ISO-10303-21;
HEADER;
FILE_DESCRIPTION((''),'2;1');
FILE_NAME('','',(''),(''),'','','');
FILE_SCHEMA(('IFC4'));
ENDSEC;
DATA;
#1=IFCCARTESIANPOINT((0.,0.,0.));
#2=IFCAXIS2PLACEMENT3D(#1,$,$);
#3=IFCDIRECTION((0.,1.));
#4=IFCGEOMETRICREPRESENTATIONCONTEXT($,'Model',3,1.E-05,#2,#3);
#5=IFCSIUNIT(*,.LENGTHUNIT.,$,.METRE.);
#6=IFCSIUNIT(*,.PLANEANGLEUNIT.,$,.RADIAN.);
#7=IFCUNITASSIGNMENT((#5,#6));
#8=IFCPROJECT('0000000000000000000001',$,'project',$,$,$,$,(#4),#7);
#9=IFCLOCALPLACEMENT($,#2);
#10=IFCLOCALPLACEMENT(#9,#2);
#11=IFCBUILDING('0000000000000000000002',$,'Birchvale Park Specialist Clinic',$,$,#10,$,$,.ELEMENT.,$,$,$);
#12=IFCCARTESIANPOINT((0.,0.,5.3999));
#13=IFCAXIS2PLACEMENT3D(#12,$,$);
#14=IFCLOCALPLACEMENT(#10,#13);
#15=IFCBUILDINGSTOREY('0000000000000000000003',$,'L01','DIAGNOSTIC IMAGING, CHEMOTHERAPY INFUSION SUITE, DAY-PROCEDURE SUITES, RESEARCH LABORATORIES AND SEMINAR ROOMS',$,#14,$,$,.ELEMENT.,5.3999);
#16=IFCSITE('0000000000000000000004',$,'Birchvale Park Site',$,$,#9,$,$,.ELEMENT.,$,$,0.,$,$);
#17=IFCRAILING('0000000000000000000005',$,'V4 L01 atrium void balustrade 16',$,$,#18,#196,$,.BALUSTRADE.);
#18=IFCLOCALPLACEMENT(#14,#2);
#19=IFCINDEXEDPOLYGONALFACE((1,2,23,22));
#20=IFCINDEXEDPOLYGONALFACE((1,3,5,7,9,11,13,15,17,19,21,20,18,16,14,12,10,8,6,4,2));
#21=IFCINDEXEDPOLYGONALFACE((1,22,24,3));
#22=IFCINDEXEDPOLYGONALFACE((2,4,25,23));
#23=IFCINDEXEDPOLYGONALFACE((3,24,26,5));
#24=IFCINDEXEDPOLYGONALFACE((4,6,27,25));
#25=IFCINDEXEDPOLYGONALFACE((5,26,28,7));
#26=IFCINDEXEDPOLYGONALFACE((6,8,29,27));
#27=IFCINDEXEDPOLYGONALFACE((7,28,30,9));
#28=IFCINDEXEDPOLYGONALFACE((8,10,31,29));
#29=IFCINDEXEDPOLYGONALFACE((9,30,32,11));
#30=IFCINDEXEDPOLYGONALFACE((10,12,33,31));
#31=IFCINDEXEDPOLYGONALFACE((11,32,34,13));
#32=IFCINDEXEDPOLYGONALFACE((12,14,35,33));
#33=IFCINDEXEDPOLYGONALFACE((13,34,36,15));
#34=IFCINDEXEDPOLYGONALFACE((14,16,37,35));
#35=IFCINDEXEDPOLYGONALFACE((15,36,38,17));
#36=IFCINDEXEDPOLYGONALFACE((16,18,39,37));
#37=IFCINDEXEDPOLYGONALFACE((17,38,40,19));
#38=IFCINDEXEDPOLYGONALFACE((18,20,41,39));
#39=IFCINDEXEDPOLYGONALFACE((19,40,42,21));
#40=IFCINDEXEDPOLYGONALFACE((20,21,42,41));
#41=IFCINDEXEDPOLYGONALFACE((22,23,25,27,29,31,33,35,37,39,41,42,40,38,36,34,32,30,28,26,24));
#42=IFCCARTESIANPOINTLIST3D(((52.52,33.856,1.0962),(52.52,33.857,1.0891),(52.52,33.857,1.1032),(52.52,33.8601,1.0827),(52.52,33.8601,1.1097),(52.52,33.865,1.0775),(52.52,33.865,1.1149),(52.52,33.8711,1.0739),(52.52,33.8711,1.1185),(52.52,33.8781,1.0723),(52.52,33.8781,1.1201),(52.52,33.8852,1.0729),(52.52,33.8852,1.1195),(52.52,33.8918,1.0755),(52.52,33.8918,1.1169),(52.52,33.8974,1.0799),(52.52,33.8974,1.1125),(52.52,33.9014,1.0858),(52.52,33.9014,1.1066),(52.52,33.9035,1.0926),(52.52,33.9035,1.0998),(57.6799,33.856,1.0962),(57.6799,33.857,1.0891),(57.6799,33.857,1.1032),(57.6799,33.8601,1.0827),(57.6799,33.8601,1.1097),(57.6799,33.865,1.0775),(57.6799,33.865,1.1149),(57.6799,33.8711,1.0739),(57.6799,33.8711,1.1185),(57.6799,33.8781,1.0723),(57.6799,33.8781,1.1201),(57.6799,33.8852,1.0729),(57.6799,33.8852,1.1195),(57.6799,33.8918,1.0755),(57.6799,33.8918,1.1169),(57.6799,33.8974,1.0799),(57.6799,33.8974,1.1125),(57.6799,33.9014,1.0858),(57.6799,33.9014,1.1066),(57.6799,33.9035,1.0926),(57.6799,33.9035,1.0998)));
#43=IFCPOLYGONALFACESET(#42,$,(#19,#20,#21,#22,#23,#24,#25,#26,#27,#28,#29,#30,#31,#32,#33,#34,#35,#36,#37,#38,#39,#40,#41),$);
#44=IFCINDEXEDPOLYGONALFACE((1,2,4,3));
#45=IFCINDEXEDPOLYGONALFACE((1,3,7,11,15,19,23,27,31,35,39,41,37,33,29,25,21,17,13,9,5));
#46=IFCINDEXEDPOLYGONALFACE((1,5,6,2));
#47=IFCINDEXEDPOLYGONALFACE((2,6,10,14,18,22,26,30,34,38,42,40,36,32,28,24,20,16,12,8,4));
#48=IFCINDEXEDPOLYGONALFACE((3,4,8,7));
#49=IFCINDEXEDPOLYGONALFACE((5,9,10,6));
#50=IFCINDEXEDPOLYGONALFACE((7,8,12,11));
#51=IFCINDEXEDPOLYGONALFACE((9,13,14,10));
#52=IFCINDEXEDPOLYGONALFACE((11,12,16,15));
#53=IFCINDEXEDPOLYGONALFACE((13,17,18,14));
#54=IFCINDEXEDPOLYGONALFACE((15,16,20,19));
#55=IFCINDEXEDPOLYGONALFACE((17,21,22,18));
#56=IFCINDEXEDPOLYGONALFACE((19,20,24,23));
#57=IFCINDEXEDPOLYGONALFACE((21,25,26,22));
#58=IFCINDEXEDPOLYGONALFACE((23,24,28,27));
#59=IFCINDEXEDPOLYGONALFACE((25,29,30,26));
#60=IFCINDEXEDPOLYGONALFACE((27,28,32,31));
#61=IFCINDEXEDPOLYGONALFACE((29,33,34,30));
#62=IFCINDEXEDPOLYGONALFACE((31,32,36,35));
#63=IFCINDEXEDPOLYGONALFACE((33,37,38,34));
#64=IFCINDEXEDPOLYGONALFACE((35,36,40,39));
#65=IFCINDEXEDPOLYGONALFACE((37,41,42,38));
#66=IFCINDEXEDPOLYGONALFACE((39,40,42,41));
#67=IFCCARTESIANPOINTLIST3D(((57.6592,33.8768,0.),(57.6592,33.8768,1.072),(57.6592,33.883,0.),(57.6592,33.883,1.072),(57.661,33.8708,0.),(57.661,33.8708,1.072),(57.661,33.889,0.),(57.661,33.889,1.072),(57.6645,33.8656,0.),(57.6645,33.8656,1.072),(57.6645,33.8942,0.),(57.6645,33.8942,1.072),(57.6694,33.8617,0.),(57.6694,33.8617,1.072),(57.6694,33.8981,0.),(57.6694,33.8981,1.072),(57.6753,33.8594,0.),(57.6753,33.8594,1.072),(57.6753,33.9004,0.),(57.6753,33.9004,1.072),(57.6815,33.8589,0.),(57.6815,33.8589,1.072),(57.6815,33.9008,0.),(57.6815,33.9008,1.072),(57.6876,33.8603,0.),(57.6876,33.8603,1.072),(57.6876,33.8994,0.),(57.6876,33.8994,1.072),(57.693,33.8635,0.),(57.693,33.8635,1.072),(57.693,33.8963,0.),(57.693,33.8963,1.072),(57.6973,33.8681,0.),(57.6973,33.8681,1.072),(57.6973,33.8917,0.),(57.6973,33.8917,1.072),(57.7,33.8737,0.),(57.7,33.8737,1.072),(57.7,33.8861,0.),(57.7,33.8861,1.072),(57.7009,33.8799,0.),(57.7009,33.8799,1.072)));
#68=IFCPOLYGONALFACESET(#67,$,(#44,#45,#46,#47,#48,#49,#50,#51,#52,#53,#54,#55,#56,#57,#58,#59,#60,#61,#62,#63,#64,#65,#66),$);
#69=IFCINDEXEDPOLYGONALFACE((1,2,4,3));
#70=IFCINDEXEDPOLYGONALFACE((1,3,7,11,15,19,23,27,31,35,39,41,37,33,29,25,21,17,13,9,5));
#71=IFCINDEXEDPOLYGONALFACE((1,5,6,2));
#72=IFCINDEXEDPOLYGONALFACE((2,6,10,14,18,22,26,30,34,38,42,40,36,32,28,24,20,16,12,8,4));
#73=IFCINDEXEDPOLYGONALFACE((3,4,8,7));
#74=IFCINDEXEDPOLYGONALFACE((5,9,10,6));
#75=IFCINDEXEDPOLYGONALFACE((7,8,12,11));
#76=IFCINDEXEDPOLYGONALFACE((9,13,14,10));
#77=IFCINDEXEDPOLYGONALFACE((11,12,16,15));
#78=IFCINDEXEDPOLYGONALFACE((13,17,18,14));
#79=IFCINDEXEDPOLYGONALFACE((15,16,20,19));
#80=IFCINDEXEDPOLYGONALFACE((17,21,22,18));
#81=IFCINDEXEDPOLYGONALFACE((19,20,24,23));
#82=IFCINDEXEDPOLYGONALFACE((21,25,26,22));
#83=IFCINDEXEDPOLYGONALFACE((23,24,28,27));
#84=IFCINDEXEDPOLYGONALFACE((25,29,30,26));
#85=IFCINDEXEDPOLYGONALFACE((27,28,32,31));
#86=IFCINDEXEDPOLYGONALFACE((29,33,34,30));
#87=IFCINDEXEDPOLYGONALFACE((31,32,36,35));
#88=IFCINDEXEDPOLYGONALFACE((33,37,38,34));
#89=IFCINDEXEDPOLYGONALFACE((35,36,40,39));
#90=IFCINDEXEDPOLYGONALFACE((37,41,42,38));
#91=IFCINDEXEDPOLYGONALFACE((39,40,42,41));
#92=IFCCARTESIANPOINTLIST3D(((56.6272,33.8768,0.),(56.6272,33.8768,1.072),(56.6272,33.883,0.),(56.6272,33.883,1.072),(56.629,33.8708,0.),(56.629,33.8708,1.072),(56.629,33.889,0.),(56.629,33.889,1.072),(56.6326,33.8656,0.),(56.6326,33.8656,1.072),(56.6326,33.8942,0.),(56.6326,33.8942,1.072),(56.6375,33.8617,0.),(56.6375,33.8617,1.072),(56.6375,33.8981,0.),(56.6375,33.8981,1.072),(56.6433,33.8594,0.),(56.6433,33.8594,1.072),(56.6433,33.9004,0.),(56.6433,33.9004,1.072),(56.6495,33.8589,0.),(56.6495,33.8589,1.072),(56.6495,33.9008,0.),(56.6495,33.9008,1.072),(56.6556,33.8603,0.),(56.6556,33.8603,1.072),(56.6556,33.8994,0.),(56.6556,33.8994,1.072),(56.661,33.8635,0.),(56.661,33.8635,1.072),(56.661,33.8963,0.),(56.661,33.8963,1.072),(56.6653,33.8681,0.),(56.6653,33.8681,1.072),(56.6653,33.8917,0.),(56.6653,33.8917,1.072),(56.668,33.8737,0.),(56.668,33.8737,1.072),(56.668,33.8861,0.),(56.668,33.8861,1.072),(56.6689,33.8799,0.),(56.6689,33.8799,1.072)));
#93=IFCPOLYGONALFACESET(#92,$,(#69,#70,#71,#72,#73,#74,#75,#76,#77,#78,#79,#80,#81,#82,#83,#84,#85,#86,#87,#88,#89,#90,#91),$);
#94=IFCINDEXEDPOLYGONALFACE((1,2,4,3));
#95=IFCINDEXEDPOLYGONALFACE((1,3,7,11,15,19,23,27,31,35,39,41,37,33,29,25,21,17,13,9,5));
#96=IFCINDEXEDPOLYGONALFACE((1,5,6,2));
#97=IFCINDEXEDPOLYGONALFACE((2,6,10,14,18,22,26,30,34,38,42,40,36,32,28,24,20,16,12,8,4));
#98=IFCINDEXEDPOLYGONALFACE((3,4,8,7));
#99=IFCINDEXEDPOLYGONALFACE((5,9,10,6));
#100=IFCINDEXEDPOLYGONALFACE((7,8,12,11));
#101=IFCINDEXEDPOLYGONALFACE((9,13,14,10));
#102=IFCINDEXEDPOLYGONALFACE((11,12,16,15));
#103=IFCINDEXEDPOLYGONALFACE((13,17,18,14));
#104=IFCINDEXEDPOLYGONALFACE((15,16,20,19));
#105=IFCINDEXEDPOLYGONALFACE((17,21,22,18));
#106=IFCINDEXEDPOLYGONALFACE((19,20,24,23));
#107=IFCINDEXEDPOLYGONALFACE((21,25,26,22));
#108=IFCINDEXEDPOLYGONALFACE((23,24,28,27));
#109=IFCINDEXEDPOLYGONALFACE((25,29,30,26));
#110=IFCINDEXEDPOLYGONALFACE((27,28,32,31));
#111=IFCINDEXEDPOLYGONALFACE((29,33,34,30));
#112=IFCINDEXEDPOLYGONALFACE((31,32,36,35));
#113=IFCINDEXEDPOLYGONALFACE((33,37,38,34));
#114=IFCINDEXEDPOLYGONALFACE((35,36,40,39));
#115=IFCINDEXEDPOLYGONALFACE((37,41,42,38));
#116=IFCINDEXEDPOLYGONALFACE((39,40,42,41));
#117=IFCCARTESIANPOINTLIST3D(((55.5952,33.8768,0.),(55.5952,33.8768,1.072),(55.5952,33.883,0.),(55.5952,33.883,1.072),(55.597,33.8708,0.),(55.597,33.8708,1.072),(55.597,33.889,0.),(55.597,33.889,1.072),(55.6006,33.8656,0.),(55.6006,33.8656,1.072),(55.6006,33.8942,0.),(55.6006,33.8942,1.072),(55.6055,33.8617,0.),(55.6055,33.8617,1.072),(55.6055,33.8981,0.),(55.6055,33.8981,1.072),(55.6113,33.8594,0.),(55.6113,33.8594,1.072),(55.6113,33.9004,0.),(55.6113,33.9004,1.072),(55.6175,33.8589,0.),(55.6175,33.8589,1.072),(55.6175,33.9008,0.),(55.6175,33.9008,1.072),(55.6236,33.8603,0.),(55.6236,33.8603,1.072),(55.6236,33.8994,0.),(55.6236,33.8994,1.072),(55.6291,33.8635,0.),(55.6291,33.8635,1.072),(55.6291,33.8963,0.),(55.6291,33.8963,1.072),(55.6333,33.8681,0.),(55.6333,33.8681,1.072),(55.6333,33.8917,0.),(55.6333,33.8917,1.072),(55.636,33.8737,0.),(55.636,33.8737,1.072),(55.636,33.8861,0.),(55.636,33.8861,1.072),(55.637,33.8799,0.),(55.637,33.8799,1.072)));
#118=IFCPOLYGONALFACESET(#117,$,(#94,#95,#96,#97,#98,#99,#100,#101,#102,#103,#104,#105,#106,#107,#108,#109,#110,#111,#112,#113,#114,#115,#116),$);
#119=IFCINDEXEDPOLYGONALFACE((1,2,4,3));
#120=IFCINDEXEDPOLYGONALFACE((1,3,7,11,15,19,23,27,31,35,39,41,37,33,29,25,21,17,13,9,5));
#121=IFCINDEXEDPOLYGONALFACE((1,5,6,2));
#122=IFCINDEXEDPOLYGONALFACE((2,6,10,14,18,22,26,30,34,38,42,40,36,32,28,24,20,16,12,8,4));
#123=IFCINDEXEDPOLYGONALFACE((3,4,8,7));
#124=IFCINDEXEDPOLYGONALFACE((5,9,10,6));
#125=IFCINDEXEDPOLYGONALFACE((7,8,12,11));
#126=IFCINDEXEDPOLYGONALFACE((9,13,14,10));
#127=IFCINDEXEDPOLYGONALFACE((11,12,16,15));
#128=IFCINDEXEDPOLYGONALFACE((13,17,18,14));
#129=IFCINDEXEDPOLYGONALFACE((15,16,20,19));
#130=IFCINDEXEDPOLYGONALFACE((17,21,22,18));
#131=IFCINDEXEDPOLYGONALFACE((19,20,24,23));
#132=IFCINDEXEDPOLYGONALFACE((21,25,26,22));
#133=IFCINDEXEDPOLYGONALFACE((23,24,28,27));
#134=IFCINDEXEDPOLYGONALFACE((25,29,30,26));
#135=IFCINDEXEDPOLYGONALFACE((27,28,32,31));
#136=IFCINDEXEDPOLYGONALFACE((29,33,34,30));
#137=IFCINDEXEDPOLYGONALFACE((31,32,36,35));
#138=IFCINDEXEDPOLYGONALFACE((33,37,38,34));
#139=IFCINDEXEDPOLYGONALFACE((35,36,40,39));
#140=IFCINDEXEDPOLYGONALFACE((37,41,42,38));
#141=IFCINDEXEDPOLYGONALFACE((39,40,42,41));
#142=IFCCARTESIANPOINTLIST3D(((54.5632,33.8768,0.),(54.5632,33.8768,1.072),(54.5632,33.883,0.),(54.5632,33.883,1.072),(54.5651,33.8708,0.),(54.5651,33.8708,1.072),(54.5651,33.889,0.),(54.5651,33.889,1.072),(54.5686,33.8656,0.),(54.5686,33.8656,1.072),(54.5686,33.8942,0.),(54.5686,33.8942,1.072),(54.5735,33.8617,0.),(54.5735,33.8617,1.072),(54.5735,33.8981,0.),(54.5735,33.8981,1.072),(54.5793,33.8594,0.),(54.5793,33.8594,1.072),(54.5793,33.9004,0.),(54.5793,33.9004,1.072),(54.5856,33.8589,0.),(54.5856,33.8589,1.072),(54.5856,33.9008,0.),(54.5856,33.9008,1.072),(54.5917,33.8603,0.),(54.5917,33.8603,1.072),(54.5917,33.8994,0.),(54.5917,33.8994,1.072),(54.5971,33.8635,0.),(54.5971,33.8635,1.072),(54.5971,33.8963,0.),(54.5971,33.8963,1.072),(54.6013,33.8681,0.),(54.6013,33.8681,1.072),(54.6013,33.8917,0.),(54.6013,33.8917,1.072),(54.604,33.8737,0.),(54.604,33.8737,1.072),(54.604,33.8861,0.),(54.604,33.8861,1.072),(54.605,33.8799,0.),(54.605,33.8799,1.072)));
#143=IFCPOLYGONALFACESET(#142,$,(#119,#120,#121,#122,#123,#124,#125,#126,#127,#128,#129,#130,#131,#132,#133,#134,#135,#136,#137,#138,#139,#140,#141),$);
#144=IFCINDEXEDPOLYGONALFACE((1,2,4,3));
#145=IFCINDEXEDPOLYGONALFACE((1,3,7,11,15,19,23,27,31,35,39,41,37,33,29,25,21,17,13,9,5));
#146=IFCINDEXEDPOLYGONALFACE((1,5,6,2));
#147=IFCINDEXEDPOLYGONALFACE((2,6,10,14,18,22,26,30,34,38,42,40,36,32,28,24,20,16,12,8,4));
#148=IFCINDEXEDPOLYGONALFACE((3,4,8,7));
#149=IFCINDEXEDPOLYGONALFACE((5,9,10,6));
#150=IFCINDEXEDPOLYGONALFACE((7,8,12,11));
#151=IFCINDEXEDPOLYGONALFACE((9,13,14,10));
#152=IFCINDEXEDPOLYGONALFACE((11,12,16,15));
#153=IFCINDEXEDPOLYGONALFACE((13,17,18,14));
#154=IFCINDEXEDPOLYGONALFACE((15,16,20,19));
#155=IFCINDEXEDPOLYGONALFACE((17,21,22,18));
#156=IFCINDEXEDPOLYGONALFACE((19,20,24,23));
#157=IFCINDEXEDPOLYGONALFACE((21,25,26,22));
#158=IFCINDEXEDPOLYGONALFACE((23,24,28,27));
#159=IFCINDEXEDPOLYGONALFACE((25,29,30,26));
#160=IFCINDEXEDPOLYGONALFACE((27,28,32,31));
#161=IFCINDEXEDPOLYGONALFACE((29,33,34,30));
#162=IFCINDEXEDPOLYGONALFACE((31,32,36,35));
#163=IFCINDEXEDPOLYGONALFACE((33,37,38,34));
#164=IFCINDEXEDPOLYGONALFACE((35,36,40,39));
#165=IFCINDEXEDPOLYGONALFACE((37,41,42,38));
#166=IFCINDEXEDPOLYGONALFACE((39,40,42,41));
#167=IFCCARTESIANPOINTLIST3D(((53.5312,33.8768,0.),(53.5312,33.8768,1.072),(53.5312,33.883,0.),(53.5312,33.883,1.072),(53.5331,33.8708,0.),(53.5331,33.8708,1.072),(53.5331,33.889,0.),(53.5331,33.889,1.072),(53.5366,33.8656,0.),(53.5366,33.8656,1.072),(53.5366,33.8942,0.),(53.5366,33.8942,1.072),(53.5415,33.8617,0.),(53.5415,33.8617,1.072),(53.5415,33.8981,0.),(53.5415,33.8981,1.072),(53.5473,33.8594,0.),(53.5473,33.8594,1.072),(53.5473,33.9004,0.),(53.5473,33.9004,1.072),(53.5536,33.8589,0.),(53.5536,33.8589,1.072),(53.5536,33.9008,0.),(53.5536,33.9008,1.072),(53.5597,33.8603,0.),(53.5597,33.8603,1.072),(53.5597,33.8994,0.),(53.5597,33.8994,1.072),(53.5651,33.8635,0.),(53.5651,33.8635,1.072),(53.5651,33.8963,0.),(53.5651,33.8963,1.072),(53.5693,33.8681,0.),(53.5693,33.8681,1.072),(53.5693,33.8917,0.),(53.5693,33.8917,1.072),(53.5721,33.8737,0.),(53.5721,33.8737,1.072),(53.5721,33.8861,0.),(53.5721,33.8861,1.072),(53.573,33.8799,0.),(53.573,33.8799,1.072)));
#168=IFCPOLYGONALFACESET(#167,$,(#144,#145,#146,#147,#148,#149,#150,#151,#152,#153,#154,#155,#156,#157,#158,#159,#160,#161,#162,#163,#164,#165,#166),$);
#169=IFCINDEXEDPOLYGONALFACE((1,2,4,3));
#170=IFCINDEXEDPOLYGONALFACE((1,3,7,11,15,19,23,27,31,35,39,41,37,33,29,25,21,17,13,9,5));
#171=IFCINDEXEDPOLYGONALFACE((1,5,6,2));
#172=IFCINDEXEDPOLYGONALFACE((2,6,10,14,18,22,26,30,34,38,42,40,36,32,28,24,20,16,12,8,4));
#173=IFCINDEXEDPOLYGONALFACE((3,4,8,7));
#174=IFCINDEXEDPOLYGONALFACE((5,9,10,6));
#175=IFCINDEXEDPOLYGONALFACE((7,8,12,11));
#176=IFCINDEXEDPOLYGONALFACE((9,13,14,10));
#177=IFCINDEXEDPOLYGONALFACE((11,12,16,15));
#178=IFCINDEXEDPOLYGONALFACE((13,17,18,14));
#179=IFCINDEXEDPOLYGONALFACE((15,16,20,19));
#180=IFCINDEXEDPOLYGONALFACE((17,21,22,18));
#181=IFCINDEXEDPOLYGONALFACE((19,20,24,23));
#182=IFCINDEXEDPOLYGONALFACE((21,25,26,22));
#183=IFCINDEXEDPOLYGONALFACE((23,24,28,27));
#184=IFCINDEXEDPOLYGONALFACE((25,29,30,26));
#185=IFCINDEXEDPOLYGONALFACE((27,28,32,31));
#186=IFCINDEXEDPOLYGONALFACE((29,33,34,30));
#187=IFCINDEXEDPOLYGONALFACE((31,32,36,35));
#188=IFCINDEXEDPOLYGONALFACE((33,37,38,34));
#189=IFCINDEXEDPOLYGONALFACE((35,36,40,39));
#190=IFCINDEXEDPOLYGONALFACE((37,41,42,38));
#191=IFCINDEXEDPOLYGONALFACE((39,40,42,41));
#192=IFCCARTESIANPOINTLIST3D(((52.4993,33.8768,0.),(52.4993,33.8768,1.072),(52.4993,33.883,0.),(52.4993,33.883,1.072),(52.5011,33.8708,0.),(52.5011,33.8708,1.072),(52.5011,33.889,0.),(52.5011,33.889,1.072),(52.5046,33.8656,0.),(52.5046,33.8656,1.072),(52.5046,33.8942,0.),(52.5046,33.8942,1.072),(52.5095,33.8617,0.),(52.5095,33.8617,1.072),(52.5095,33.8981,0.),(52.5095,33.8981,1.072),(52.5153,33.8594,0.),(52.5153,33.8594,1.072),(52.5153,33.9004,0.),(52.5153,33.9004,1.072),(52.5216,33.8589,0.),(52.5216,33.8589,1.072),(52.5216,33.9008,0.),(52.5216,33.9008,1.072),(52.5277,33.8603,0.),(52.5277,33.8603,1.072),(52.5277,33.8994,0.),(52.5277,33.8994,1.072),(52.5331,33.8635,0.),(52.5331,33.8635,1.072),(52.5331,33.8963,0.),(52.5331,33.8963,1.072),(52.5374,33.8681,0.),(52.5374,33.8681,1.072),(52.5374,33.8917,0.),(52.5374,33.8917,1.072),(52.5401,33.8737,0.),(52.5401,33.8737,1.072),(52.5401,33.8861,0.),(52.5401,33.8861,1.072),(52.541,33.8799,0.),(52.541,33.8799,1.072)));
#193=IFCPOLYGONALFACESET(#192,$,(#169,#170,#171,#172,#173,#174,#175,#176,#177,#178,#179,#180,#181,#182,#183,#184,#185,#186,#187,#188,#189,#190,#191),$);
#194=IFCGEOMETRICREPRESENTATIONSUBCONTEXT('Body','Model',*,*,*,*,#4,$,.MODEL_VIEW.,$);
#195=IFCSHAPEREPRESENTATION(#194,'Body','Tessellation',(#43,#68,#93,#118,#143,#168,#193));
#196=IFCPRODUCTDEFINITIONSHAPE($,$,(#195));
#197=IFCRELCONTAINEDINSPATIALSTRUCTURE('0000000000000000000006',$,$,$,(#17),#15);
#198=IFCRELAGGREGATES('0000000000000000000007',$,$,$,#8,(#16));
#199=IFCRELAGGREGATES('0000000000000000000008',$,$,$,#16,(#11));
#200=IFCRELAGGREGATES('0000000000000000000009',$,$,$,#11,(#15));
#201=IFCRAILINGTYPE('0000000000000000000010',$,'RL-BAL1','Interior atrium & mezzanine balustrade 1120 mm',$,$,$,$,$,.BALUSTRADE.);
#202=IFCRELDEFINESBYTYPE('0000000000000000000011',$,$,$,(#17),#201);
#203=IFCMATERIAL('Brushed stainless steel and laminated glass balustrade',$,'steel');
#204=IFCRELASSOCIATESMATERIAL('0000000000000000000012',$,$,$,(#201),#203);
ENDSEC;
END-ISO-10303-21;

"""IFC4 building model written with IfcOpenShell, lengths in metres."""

from ifc_helpers import new_model, si_unit, direction, frame, origin, origin_2d, place, context, subcontext, project, spatial, circle, extrude, material, type_object, element, save


model = new_model("IFC4")

# Units and contexts
model_context = context("Model", 3, precision=1e-05, world=origin(), true_north=direction((0.0, 1.0)))
body_context = subcontext(model_context, "Body", "Model", "MODEL_VIEW")
ifc_project = project(units=[si_unit("LENGTHUNIT", "METRE"), si_unit("PLANEANGLEUNIT", "RADIAN")], contexts=[model_context])

# Site, building, storey
site_placement = place(None, origin())
site = spatial("IfcSite", under=ifc_project, at=site_placement, Name="Birchvale Park Site", CompositionType="ELEMENT", RefElevation=0.0)
building_placement = place(site_placement, origin())
building = spatial("IfcBuilding", under=site, at=building_placement, Name="Birchvale Park Specialist Clinic", CompositionType="ELEMENT")
storey_placement = place(building_placement, frame((0.0, 0.0, 5.3999)))
storey = spatial("IfcBuildingStorey", under=building, at=storey_placement, Name="L01", Description="DIAGNOSTIC IMAGING, CHEMOTHERAPY INFUSION SUITE, DAY-PROCEDURE SUITES, RESEARCH LABORATORIES AND SEMINAR ROOMS", CompositionType="ELEMENT", Elevation=5.3999)

# Railing
ifc_material_1 = material(Name="Brushed stainless steel and laminated glass balustrade", Category="steel")
railing_type = type_object("IfcRailingType", Name="RL-BAL1", Description="Interior atrium & mezzanine balustrade 1120 mm", PredefinedType="BALUSTRADE", material=ifc_material_1)
railing_1_placement = place(storey_placement, frame((57.6799, 33.8799, 0.0)))
element("IfcRailing", 1, at=railing_1_placement, inside=storey, type_object=railing_type, Name="V4 L01 atrium void balustrade 16", PredefinedType="BALUSTRADE", context=body_context, shape_type="SweptSolid", body=[
    extrude(circle(Radius=0.0239, at=origin_2d()), frame((0.0, 0.0, 1.0962), z_axis=(-1.0, 0.0, 0.0), x_axis=(0.0, -1.0, 0.0)), (0.0, 0.0, 1.0), 5.1599),
    extrude(circle(Radius=0.021, at=origin_2d()), origin(), (0.0, 0.0, 1.0), 1.072),
    extrude(circle(Radius=0.021, at=origin_2d()), frame((-1.032, 0.0, 0.0)), (0.0, 0.0, 1.0), 1.072),
    extrude(circle(Radius=0.021, at=origin_2d()), frame((-2.064, 0.0, 0.0)), (0.0, 0.0, 1.0), 1.072),
    extrude(circle(Radius=0.021, at=origin_2d()), frame((-3.0959, 0.0, 0.0)), (0.0, 0.0, 1.0), 1.072),
    extrude(circle(Radius=0.021, at=origin_2d()), frame((-4.1279, 0.0, 0.0)), (0.0, 0.0, 1.0), 1.072),
    extrude(circle(Radius=0.021, at=origin_2d()), frame((-5.1599, 0.0, 0.0)), (0.0, 0.0, 1.0), 1.072),
])

save(model, "model.ifc")
